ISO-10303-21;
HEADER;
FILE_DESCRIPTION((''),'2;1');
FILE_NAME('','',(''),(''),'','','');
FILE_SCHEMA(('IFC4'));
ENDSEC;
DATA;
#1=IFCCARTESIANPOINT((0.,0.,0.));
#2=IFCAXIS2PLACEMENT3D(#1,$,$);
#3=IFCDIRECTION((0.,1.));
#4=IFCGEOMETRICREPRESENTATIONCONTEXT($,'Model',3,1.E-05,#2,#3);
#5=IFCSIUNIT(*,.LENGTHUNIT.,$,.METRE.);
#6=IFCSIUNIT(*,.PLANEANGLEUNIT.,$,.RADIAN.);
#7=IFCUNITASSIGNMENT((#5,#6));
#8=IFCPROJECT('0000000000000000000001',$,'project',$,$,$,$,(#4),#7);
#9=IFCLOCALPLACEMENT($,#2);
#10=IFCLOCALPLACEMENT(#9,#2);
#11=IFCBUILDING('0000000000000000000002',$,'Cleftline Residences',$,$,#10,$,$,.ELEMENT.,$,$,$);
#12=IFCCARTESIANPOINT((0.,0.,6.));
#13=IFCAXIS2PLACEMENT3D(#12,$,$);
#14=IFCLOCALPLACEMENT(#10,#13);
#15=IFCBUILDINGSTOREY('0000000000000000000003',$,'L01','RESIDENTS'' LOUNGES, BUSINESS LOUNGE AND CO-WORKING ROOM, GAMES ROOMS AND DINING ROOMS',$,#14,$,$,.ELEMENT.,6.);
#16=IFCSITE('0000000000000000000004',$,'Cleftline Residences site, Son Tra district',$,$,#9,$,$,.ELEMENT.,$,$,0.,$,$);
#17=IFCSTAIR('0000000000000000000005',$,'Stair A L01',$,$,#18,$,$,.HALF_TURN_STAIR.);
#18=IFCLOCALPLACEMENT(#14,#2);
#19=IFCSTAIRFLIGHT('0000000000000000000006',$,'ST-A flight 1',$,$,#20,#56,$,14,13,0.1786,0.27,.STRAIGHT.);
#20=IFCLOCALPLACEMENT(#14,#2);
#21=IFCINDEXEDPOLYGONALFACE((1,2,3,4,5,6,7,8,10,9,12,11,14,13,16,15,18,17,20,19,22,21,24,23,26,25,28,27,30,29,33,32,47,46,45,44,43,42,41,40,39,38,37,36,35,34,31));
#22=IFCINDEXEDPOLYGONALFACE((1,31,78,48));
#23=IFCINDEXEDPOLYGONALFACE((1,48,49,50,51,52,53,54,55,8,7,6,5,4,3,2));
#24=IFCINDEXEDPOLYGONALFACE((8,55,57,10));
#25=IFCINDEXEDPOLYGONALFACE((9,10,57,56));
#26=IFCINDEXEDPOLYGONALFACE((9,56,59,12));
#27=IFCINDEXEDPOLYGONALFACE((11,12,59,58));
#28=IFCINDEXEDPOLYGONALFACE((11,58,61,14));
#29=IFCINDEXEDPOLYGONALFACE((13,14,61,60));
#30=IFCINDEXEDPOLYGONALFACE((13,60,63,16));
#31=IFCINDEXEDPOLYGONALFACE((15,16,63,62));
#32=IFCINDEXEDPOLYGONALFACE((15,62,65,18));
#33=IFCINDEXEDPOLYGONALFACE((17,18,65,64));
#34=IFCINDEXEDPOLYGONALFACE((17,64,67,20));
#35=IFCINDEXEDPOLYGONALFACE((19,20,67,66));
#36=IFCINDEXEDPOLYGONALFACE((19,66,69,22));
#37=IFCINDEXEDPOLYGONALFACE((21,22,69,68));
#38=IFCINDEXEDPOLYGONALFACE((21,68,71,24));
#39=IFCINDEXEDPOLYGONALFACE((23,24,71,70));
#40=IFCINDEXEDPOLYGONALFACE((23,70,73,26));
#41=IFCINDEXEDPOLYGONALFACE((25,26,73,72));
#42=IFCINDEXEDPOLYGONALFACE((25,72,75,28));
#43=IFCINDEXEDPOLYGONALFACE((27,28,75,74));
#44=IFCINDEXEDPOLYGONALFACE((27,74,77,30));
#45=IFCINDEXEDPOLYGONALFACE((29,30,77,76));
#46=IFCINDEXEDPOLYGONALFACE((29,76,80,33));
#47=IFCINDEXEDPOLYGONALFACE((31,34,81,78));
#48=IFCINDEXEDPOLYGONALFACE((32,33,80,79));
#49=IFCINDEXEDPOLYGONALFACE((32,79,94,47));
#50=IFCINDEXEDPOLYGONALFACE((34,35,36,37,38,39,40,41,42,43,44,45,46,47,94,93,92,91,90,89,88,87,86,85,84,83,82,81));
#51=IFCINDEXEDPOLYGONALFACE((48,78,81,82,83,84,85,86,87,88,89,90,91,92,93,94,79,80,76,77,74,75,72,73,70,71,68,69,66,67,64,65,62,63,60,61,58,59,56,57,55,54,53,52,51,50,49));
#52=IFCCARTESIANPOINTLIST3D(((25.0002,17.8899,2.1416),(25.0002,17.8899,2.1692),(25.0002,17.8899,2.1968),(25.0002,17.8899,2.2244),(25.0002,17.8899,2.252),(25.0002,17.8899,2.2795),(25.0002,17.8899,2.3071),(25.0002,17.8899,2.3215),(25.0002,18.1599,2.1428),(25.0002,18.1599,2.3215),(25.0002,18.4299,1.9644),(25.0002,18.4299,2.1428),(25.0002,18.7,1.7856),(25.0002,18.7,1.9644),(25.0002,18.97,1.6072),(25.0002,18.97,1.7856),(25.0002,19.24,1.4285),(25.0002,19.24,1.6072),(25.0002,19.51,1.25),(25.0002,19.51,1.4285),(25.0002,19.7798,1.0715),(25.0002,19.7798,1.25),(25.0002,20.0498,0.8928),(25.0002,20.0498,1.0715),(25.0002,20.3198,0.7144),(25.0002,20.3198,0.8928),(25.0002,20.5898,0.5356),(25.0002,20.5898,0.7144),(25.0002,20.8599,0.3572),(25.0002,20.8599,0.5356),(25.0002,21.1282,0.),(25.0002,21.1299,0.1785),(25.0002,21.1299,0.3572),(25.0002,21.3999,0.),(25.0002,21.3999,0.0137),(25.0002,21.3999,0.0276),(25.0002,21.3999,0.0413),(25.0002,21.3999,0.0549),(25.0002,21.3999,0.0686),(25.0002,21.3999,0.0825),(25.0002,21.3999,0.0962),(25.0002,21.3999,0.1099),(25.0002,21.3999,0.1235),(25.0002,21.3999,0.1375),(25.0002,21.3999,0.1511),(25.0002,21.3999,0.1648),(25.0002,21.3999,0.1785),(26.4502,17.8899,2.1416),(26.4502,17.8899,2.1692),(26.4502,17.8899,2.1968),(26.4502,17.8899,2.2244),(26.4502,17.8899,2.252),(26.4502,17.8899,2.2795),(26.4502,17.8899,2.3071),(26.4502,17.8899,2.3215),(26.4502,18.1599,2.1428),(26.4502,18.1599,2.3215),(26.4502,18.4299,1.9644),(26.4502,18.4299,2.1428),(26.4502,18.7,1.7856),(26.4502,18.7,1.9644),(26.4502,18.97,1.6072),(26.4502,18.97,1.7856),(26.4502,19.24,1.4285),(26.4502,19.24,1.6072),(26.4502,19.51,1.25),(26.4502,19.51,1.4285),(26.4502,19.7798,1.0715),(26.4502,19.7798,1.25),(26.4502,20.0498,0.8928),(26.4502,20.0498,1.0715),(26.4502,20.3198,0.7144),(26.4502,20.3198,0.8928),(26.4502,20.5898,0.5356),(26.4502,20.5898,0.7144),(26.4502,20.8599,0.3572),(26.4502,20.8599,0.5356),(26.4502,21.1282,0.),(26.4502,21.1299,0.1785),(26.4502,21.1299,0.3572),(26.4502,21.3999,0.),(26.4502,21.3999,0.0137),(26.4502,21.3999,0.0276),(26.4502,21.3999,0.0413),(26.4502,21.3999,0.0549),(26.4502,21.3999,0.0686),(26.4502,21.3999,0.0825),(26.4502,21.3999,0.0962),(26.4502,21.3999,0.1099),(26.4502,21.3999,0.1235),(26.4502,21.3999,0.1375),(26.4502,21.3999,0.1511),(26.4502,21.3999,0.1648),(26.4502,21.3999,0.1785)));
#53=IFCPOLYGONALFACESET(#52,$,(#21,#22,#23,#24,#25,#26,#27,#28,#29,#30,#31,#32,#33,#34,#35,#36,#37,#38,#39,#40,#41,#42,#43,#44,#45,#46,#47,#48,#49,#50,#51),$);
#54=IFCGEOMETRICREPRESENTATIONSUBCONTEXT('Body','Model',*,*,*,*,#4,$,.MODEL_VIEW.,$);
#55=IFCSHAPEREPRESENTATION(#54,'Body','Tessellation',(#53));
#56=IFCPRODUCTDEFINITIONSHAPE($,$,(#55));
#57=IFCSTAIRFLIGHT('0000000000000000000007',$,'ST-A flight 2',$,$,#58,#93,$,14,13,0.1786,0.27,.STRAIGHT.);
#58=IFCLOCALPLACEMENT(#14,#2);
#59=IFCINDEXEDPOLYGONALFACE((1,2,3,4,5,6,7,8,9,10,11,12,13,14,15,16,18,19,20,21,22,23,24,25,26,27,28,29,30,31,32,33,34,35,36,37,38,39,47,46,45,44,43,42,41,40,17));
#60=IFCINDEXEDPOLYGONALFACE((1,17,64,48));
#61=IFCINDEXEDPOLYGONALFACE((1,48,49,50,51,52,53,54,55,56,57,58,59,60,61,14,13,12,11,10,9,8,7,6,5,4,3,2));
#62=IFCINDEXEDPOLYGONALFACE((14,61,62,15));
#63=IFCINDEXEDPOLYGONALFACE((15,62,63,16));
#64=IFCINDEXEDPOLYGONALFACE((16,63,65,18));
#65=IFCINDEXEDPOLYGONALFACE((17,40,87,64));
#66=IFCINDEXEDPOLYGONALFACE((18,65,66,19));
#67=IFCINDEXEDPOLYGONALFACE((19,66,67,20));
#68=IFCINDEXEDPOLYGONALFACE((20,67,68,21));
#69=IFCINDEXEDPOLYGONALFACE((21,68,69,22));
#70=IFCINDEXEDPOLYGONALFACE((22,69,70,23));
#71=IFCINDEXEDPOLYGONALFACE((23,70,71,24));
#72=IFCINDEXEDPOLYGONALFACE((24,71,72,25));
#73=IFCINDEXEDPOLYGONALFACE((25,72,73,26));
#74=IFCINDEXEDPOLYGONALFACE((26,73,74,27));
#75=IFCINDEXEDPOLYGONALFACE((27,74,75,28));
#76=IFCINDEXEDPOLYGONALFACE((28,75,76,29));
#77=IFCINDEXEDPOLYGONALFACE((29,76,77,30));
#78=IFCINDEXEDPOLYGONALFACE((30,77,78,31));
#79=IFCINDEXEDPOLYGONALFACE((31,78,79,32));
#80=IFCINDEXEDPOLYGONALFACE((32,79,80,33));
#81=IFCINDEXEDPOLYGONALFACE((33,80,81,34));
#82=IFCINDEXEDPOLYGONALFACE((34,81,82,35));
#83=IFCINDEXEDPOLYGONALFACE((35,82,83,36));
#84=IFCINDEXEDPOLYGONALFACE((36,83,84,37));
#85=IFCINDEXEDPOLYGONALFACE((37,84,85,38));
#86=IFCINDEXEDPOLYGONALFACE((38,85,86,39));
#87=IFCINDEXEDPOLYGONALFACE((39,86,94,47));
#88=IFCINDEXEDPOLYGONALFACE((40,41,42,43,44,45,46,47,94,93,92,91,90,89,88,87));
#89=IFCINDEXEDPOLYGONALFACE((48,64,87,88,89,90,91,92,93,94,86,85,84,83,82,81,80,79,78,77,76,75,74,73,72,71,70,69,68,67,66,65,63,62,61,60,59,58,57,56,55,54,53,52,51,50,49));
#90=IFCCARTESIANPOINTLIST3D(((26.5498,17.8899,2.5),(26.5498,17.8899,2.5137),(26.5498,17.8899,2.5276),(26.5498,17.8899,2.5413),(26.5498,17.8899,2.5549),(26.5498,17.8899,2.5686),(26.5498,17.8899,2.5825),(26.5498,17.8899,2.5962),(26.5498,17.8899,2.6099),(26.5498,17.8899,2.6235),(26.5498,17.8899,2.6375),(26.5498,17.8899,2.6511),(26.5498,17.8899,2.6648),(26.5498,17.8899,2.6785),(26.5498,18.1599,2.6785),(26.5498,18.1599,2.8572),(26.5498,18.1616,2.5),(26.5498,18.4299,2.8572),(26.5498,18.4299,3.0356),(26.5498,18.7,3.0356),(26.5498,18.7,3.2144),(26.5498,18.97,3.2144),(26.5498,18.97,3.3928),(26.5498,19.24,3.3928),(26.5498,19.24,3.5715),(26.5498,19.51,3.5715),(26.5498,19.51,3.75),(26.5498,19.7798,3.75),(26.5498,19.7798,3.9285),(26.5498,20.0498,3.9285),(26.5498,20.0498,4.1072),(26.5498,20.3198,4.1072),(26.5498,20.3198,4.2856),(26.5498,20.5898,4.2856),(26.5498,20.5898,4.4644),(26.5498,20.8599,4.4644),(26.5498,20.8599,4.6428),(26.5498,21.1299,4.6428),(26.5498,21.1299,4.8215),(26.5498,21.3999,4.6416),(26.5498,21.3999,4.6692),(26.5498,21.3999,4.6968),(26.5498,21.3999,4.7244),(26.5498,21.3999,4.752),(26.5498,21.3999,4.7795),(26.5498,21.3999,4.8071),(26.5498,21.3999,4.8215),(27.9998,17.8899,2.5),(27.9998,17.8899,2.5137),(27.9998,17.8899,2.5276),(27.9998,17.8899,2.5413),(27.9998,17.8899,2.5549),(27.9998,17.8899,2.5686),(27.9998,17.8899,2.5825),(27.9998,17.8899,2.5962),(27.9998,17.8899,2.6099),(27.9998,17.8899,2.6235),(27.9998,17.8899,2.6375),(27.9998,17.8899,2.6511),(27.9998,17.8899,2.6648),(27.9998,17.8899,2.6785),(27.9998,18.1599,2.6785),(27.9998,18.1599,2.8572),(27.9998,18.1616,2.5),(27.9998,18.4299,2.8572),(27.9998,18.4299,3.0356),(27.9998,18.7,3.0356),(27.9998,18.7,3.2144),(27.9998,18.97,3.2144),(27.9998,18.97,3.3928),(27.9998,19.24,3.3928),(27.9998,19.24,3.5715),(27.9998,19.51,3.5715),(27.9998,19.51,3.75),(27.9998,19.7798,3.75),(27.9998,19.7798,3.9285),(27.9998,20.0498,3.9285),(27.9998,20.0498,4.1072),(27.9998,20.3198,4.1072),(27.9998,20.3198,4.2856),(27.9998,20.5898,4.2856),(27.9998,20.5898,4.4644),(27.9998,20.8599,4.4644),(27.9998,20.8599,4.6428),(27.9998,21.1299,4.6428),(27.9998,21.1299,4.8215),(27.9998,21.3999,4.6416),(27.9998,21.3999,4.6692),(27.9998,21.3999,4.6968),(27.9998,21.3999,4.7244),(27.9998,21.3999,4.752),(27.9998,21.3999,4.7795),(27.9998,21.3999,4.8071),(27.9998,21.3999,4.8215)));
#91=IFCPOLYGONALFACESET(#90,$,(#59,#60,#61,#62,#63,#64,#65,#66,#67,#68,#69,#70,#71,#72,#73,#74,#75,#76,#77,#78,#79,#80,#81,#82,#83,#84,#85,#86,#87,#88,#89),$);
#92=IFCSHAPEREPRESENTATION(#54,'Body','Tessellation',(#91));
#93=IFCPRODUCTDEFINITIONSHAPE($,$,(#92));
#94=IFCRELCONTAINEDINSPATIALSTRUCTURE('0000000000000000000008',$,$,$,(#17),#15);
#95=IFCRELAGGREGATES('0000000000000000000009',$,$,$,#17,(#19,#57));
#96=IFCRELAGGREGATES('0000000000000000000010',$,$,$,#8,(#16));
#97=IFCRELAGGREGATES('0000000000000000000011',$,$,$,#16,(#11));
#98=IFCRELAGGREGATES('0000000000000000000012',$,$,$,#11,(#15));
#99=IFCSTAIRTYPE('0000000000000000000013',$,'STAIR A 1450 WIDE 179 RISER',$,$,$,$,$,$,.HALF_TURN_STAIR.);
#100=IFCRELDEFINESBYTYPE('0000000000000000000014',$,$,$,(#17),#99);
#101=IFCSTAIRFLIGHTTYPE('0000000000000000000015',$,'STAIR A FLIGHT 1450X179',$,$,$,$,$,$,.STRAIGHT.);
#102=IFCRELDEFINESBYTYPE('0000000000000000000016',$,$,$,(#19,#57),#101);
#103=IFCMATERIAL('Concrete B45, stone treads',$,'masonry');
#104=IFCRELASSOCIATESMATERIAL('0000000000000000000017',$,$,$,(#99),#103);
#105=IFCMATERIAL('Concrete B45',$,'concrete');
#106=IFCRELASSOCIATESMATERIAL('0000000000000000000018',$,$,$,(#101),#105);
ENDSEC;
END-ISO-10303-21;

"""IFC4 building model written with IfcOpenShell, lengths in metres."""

from ifc_helpers import new_model, si_unit, direction, frame, origin, place, context, subcontext, project, spatial, polyline, outline, extrude, material, type_object, element, aggregate, save


model = new_model("IFC4")

# Units and contexts
model_context = context("Model", 3, precision=1e-05, world=origin(), true_north=direction((0.0, 1.0)))
body_context = subcontext(model_context, "Body", "Model", "MODEL_VIEW")
ifc_project = project(units=[si_unit("LENGTHUNIT", "METRE"), si_unit("PLANEANGLEUNIT", "RADIAN")], contexts=[model_context])

# Site, building, storey
site_placement = place(None, origin())
site = spatial("IfcSite", under=ifc_project, at=site_placement, Name="Cleftline Residences site, Son Tra district", CompositionType="ELEMENT", RefElevation=0.0)
building_placement = place(site_placement, origin())
building = spatial("IfcBuilding", under=site, at=building_placement, Name="Cleftline Residences", CompositionType="ELEMENT")
storey_placement = place(building_placement, frame((0.0, 0.0, 6.0)))
storey = spatial("IfcBuildingStorey", under=building, at=storey_placement, Name="L01", Description="RESIDENTS' LOUNGES, BUSINESS LOUNGE AND CO-WORKING ROOM, GAMES ROOMS AND DINING ROOMS", CompositionType="ELEMENT", Elevation=6.0)

# Stair, stair flights
ifc_material_1 = material(Name="Concrete B45, stone treads", Category="masonry")
stair_type = type_object("IfcStairType", Name="STAIR A 1450 WIDE 179 RISER", PredefinedType="HALF_TURN_STAIR", material=ifc_material_1)
stair_placement = place(storey_placement, origin())
stair = element("IfcStair", 1, at=stair_placement, inside=storey, type_object=stair_type, Name="Stair A L01", PredefinedType="HALF_TURN_STAIR")
ifc_material_2 = material(Name="Concrete B45", Category="concrete")
stair_flight_type = type_object("IfcStairFlightType", Name="STAIR A FLIGHT 1450X179", PredefinedType="STRAIGHT", material=ifc_material_2)
stair_flight_1_placement = place(storey_placement, frame((25.7251, 21.3999, 0.0), z_axis=(0.0, 0.0, 1.0), x_axis=(0.0, -1.0, 0.0)))
stair_flight_1 = element("IfcStairFlight", 2, at=stair_flight_1_placement, type_object=stair_flight_type, Name="ST-A flight 1", NumberOfRisers=14, NumberOfTreads=13, PredefinedType="STRAIGHT", RiserHeight=0.1786, TreadLength=0.27, context=body_context, shape_type="SweptSolid", body=[
    extrude(outline(polyline([(0.0, 0.0), (0.0, 0.0137), (0.0, 0.0276), (0.0, 0.0413), (0.0, 0.0549), (0.0, 0.0686), (0.0, 0.0825), (0.0, 0.0962), (0.0, 0.1099), (0.0, 0.1235), (0.0, 0.1375), (0.0, 0.1511), (0.0, 0.1648), (0.0, 0.1785), (0.27, 0.1785), (0.27, 0.3572), (0.54, 0.3572), (0.54, 0.5356), (0.8101, 0.5356), (0.8101, 0.7144), (1.0801, 0.7144), (1.0801, 0.8928), (1.3501, 0.8928), (1.3501, 1.0715), (1.6201, 1.0715), (1.6201, 1.25), (1.8899, 1.25), (1.8899, 1.4285), (2.1599, 1.4285), (2.1599, 1.6072), (2.4299, 1.6072), (2.4299, 1.7856), (2.7, 1.7856), (2.7, 1.9644), (2.97, 1.9644), (2.97, 2.1428), (3.24, 2.1428), (3.24, 2.3215), (3.51, 2.3215), (3.51, 2.5), (3.51, 2.4724), (3.51, 2.4448), (3.51, 2.4172), (3.51, 2.3896), (3.51, 2.3623), (3.51, 2.3347), (3.51, 2.3071), (3.51, 2.2795), (3.51, 2.252), (3.51, 2.2244), (3.51, 2.1968), (3.51, 2.1692), (3.51, 2.1416), (0.2717, 0.0), (0.0, 0.0)])), frame((0.0, 0.7251, 0.0), z_axis=(0.0, -1.0, 0.0), x_axis=(1.0, 0.0, 0.0)), (0.0, 0.0, 1.0), 1.45),
])
stair_flight_2_placement = place(storey_placement, frame((27.2749, 17.8899, 2.5), z_axis=(0.0, 0.0, 1.0), x_axis=(0.0, 1.0, 0.0)))
stair_flight_2 = element("IfcStairFlight", 3, at=stair_flight_2_placement, type_object=stair_flight_type, Name="ST-A flight 2", NumberOfRisers=14, NumberOfTreads=13, PredefinedType="STRAIGHT", RiserHeight=0.1786, TreadLength=0.27, context=body_context, shape_type="SweptSolid", body=[
    extrude(outline(polyline([(0.0, 0.0), (0.0, 0.0137), (0.0, 0.0276), (0.0, 0.0413), (0.0, 0.0549), (0.0, 0.0686), (0.0, 0.0825), (0.0, 0.0962), (0.0, 0.1099), (0.0, 0.1235), (0.0, 0.1375), (0.0, 0.1511), (0.0, 0.1648), (0.0, 0.1785), (0.27, 0.1785), (0.27, 0.3572), (0.54, 0.3572), (0.54, 0.5356), (0.8101, 0.5356), (0.8101, 0.7144), (1.0801, 0.7144), (1.0801, 0.8928), (1.3501, 0.8928), (1.3501, 1.0715), (1.6201, 1.0715), (1.6201, 1.25), (1.8899, 1.25), (1.8899, 1.4285), (2.1599, 1.4285), (2.1599, 1.6072), (2.4299, 1.6072), (2.4299, 1.7856), (2.7, 1.7856), (2.7, 1.9644), (2.97, 1.9644), (2.97, 2.1428), (3.24, 2.1428), (3.24, 2.3215), (3.51, 2.3215), (3.51, 2.5), (3.51, 2.4724), (3.51, 2.4448), (3.51, 2.4172), (3.51, 2.3896), (3.51, 2.3623), (3.51, 2.3347), (3.51, 2.3071), (3.51, 2.2795), (3.51, 2.252), (3.51, 2.2244), (3.51, 2.1968), (3.51, 2.1692), (3.51, 2.1416), (0.2717, 0.0), (0.0, 0.0)])), frame((0.0, 0.7251, 0.0), z_axis=(0.0, -1.0, 0.0), x_axis=(1.0, 0.0, 0.0)), (0.0, 0.0, 1.0), 1.45),
])
aggregate(stair, [stair_flight_1, stair_flight_2])

save(model, "model.ifc")
